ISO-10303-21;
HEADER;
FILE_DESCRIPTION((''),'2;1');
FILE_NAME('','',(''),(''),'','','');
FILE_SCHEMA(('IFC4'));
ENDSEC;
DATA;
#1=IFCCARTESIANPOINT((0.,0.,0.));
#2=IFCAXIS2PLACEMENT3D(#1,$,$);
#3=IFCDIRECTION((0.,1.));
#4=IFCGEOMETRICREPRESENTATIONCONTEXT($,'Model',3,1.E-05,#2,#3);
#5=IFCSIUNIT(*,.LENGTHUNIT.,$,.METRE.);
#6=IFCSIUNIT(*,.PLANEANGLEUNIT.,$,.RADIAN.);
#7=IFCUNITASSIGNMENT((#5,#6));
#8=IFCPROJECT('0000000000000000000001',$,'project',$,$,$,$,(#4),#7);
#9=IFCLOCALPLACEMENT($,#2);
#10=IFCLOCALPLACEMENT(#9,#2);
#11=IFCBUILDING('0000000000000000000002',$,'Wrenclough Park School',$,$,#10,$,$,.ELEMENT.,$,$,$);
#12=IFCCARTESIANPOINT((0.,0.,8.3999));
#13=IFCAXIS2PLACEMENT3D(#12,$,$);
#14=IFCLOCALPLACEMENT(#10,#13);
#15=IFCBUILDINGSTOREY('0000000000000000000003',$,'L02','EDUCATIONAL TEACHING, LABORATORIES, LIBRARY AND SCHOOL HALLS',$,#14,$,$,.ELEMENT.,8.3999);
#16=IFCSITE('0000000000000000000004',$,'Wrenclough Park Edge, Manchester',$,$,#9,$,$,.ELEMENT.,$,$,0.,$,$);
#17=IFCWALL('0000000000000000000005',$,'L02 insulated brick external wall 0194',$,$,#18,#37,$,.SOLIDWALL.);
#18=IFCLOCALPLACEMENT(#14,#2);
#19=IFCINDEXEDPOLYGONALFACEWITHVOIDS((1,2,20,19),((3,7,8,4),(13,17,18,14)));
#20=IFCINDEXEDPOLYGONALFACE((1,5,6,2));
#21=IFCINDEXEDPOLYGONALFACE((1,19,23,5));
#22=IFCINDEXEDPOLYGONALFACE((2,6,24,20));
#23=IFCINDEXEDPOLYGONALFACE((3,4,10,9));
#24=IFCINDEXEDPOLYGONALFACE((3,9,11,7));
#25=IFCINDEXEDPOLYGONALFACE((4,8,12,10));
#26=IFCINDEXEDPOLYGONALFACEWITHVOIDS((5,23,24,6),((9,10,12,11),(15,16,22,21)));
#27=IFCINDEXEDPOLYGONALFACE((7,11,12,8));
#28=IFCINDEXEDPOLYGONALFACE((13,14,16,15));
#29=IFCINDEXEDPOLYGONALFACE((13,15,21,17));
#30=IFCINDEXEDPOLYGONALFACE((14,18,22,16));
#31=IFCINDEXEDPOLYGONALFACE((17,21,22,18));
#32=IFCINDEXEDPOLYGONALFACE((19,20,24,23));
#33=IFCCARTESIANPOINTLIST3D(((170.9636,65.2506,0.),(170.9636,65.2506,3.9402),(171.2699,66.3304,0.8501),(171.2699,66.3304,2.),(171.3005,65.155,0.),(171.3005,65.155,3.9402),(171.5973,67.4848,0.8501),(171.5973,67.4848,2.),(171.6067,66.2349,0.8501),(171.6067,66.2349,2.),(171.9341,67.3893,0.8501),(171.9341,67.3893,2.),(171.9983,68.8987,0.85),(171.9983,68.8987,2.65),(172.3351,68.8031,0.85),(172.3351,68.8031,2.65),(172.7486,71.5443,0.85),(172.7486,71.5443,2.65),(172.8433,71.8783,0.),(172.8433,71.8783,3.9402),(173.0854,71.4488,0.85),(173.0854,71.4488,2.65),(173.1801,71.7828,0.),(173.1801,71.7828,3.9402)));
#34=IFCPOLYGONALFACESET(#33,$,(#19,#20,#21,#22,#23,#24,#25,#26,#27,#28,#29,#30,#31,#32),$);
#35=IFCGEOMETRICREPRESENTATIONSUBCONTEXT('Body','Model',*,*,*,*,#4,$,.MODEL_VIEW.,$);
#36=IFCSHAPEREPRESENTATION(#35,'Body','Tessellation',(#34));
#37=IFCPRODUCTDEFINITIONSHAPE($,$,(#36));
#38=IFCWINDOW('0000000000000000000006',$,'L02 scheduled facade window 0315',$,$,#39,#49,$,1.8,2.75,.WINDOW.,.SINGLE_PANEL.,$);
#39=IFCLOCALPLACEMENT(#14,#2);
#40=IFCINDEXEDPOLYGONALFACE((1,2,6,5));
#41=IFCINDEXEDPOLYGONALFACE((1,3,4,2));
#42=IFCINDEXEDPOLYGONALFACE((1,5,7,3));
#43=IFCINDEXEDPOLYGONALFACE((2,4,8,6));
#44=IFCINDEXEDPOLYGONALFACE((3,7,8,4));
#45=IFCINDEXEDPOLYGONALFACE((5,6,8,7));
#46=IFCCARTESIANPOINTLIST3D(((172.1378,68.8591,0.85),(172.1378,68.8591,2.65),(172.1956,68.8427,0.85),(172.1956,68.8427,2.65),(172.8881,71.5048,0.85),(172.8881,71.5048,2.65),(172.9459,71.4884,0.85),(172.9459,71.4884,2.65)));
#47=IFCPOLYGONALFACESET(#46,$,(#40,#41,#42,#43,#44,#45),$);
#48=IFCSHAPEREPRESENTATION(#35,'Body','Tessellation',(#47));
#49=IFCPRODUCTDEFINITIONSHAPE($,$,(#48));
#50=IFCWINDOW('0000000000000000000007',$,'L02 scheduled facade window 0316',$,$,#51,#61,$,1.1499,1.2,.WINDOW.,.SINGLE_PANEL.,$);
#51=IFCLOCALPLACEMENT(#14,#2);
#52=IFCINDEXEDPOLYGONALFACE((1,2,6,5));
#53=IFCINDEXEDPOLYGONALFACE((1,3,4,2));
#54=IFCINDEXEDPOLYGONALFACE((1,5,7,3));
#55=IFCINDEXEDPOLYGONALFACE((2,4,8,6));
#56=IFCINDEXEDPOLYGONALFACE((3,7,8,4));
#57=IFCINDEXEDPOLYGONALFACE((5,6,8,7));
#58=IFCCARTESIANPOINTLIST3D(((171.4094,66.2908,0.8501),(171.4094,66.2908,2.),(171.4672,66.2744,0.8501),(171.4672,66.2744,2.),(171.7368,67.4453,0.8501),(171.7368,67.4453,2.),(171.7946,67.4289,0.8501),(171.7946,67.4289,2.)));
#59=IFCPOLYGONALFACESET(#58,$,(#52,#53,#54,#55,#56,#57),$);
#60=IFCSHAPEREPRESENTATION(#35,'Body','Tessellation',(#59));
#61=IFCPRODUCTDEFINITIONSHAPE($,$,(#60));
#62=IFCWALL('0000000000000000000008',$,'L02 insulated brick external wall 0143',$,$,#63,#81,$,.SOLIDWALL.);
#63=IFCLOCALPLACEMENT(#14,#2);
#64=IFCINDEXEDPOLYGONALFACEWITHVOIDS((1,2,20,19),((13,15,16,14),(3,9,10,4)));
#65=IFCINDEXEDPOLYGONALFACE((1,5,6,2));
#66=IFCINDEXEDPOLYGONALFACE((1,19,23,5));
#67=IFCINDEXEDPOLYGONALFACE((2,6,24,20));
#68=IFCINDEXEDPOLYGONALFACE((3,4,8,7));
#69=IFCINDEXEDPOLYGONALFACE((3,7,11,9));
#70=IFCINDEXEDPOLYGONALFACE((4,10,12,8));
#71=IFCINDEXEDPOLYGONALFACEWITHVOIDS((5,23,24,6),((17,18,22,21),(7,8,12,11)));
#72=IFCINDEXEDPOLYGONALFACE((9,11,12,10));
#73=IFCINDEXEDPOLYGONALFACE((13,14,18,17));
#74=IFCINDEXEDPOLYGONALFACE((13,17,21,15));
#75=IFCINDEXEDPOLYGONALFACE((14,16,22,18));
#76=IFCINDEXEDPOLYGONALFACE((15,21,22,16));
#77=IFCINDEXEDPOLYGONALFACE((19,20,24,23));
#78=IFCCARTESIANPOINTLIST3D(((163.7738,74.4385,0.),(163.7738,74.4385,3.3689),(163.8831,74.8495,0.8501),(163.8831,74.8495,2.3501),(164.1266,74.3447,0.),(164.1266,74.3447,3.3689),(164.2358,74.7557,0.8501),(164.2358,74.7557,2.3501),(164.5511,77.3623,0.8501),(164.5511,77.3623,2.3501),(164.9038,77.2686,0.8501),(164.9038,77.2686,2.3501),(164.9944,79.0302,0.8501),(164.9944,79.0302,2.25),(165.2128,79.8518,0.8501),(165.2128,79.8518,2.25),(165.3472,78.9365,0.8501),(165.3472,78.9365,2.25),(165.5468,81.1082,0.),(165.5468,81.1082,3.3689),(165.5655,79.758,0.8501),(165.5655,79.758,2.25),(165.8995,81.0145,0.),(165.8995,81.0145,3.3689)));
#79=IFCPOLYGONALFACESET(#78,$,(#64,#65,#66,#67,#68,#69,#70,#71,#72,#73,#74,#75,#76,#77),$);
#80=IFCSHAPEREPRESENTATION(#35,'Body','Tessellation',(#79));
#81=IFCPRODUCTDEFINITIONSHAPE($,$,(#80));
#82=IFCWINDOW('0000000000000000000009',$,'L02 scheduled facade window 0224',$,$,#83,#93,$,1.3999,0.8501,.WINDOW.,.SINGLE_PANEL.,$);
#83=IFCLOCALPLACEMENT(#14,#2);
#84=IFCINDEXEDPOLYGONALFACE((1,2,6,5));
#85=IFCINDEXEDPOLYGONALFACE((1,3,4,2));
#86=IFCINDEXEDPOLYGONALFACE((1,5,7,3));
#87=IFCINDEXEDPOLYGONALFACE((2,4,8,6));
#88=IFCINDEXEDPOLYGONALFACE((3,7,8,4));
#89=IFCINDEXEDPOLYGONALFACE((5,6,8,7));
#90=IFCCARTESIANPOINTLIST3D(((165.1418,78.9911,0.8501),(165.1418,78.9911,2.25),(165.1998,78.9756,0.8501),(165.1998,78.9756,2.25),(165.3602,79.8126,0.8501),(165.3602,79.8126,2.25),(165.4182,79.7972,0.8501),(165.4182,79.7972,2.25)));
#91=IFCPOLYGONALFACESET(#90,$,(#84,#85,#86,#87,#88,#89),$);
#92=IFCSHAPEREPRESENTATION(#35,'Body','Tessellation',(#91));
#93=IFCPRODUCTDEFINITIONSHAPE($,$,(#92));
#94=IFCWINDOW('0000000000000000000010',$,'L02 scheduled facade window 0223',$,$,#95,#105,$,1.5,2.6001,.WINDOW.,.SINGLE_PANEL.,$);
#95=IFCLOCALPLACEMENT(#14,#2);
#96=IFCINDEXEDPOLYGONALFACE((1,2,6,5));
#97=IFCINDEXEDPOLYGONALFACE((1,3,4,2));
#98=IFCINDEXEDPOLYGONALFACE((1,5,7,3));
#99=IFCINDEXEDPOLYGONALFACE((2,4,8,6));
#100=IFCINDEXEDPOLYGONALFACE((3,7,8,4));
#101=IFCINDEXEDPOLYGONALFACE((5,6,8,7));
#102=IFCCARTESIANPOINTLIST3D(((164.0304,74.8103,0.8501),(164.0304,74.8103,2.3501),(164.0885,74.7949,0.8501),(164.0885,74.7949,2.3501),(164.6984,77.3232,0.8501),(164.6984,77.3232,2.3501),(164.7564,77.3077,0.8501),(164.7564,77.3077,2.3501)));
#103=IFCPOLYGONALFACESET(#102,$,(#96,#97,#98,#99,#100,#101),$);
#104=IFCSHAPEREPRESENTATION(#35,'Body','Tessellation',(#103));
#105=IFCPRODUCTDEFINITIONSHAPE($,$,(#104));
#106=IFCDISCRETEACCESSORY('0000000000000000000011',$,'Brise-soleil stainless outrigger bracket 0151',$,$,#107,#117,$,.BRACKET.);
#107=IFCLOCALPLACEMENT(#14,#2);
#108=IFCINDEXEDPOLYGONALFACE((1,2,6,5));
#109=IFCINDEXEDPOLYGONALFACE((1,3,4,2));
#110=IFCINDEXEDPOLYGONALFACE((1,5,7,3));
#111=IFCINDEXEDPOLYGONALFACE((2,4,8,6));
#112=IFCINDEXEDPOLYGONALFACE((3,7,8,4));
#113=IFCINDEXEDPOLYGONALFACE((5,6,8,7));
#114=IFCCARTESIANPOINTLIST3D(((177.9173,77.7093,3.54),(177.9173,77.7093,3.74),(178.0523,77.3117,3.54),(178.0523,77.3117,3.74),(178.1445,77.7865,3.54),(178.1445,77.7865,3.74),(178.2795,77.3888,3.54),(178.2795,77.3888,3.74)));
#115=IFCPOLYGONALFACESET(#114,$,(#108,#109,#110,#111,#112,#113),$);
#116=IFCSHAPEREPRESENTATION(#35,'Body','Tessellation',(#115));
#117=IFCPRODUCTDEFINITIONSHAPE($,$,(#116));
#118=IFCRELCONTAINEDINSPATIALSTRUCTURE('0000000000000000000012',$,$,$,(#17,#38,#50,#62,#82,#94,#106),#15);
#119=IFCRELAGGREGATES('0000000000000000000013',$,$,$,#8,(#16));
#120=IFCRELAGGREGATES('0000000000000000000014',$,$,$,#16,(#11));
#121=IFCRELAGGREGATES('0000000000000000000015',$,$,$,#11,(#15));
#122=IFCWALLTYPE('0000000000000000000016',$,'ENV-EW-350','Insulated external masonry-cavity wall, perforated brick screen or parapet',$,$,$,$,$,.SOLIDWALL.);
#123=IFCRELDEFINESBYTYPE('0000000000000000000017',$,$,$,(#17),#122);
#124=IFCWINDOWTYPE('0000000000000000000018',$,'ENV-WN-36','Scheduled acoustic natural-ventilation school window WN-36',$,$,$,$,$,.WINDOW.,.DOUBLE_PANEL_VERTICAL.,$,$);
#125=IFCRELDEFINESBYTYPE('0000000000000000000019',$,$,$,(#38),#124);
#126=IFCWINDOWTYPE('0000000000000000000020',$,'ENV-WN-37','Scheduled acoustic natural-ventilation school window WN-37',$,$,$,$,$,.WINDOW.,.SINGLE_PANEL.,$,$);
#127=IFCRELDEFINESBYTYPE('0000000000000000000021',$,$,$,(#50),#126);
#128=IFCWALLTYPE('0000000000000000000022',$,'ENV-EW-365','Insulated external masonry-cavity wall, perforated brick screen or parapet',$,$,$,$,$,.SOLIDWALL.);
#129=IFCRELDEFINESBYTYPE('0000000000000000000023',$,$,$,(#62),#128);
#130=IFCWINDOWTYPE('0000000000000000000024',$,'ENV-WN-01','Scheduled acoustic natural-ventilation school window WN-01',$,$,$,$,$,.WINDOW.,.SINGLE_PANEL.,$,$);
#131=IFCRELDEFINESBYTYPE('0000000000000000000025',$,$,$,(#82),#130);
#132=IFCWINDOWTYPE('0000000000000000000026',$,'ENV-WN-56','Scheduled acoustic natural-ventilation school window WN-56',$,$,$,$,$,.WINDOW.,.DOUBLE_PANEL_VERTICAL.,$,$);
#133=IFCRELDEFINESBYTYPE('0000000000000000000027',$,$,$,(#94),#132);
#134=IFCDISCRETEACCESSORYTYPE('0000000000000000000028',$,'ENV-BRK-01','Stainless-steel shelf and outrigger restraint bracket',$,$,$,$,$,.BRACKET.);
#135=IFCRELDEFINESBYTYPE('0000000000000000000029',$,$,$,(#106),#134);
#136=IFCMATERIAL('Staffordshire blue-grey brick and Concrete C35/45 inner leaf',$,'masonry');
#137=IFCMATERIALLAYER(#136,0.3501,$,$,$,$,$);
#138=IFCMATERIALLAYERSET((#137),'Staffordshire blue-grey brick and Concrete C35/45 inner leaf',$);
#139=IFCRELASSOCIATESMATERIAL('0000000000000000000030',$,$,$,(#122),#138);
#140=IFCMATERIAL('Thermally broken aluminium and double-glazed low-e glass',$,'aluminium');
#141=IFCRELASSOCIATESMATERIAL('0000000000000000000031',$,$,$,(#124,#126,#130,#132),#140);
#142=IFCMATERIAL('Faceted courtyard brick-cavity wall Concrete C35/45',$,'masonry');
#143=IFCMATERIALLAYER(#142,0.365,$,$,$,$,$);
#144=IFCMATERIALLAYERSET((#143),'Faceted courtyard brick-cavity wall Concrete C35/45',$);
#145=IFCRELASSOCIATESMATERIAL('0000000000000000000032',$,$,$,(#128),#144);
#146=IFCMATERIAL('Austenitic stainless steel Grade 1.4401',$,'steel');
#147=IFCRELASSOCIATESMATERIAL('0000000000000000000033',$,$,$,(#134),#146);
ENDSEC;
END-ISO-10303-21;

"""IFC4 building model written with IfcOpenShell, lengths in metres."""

from ifc_helpers import new_model, si_unit, direction, frame, frame_2d, origin, origin_2d, place, context, subcontext, project, spatial, rectangle, extrude, material, layer, layer_set, type_object, element, fill, save


model = new_model("IFC4")

# Units and contexts
model_context = context("Model", 3, precision=1e-05, world=origin(), true_north=direction((0.0, 1.0)))
body_context = subcontext(model_context, "Body", "Model", "MODEL_VIEW")
ifc_project = project(units=[si_unit("LENGTHUNIT", "METRE"), si_unit("PLANEANGLEUNIT", "RADIAN")], contexts=[model_context])

# Site, building, storey
site_placement = place(None, origin())
site = spatial("IfcSite", under=ifc_project, at=site_placement, Name="Wrenclough Park Edge, Manchester", CompositionType="ELEMENT", RefElevation=0.0)
building_placement = place(site_placement, origin())
building = spatial("IfcBuilding", under=site, at=building_placement, Name="Wrenclough Park School", CompositionType="ELEMENT")
storey_placement = place(building_placement, frame((0.0, 0.0, 8.3999)))
storey = spatial("IfcBuildingStorey", under=building, at=storey_placement, Name="L02", Description="EDUCATIONAL TEACHING, LABORATORIES, LIBRARY AND SCHOOL HALLS", CompositionType="ELEMENT", Elevation=8.3999)

# Walls, openings, windows
ifc_material_1 = material(Name="Staffordshire blue-grey brick and Concrete C35/45 inner leaf", Category="masonry")
ifc_layer_1 = layer(ifc_material_1, 0.3501)
ifc_layer_set_1 = layer_set([ifc_layer_1], Name="Staffordshire blue-grey brick and Concrete C35/45 inner leaf")
wall_type_1 = type_object("IfcWallType", Name="ENV-EW-350", Description="Insulated external masonry-cavity wall, perforated brick screen or parapet", PredefinedType="SOLIDWALL", material=ifc_layer_set_1)
wall_1_placement = place(storey_placement, frame((173.0117, 71.8306, 0.0), z_axis=(0.0, 0.0, 1.0), x_axis=(-0.272844, -0.962058, 0.0)))
wall_1 = element("IfcWall", 1, at=wall_1_placement, inside=storey, type_object=wall_type_1, Name="L02 insulated brick external wall 0194", PredefinedType="SOLIDWALL", context=body_context, shape_type="SweptSolid", body=[
    extrude(rectangle(XDim=6.8892, YDim=0.3501, at=frame_2d((3.4446, 0.0))), origin(), (0.0, 0.0, 1.0), 3.9402),
])
opening_1_placement = place(wall_1_placement, frame((0.3472, 0.0, 0.8501)))
opening_1 = element("IfcOpeningElement", 2, at=opening_1_placement, cuts=wall_1, PredefinedType="OPENING", context=body_context, shape_type="SweptSolid", body=[
    extrude(rectangle(XDim=2.75, YDim=1.8, at=frame_2d((1.375, 0.8999))), frame((0.0, 0.1851, 0.0), z_axis=(0.0, -1.0, 0.0), x_axis=(1.0, 0.0, 0.0)), (0.0, 0.0, 1.0), 0.3701),
])
opening_2_placement = place(wall_1_placement, frame((4.5667, 0.0, 0.8501)))
opening_2 = element("IfcOpeningElement", 3, at=opening_2_placement, cuts=wall_1, PredefinedType="OPENING", context=body_context, shape_type="SweptSolid", body=[
    extrude(rectangle(XDim=1.2, YDim=1.1499, at=frame_2d((0.6001, 0.575))), frame((0.0, 0.1851, 0.0), z_axis=(0.0, -1.0, 0.0), x_axis=(1.0, 0.0, 0.0)), (0.0, 0.0, 1.0), 0.3701),
])
ifc_material_2 = material(Name="Thermally broken aluminium and double-glazed low-e glass", Category="aluminium")
window_type_1 = type_object("IfcWindowType", Name="ENV-WN-36", Description="Scheduled acoustic natural-ventilation school window WN-36", PartitioningType="DOUBLE_PANEL_VERTICAL", PredefinedType="WINDOW", material=ifc_material_2)
window_1_placement = place(opening_1_placement, origin())
window_1 = element("IfcWindow", 4, at=window_1_placement, inside=storey, type_object=window_type_1, Name="L02 scheduled facade window 0315", OverallHeight=1.8, OverallWidth=2.75, PartitioningType="SINGLE_PANEL", PredefinedType="WINDOW", context=body_context, shape_type="SweptSolid", body=[
    extrude(rectangle(XDim=2.75, YDim=1.8, at=frame_2d((1.375, 0.8999))), frame((0.0, 0.03, 0.0), z_axis=(0.0, -1.0, 0.0), x_axis=(1.0, 0.0, 0.0)), (0.0, 0.0, 1.0), 0.0601),
])
fill(opening_1, window_1)
window_type_2 = type_object("IfcWindowType", Name="ENV-WN-37", Description="Scheduled acoustic natural-ventilation school window WN-37", PartitioningType="SINGLE_PANEL", PredefinedType="WINDOW", material=ifc_material_2)
window_2_placement = place(opening_2_placement, origin())
window_2 = element("IfcWindow", 5, at=window_2_placement, inside=storey, type_object=window_type_2, Name="L02 scheduled facade window 0316", OverallHeight=1.1499, OverallWidth=1.2, PartitioningType="SINGLE_PANEL", PredefinedType="WINDOW", context=body_context, shape_type="SweptSolid", body=[
    extrude(rectangle(XDim=1.2, YDim=1.1499, at=frame_2d((0.6001, 0.575))), frame((0.0, 0.03, 0.0), z_axis=(0.0, -1.0, 0.0), x_axis=(1.0, 0.0, 0.0)), (0.0, 0.0, 1.0), 0.0601),
])
fill(opening_2, window_2)
ifc_material_3 = material(Name="Faceted courtyard brick-cavity wall Concrete C35/45", Category="masonry")
ifc_layer_2 = layer(ifc_material_3, 0.365)
ifc_layer_set_2 = layer_set([ifc_layer_2], Name="Faceted courtyard brick-cavity wall Concrete C35/45")
wall_type_2 = type_object("IfcWallType", Name="ENV-EW-365", Description="Insulated external masonry-cavity wall, perforated brick screen or parapet", PredefinedType="SOLIDWALL", material=ifc_layer_set_2)
wall_2_placement = place(storey_placement, frame((163.9502, 74.3916, 0.0), z_axis=(0.0, 0.0, 1.0), x_axis=(0.256901, 0.966438, 0.0)))
wall_2 = element("IfcWall", 6, at=wall_2_placement, inside=storey, type_object=wall_type_2, Name="L02 insulated brick external wall 0143", PredefinedType="SOLIDWALL", context=body_context, shape_type="SweptSolid", body=[
    extrude(rectangle(XDim=6.9014, YDim=0.365, at=frame_2d((3.4507, 0.0))), origin(), (0.0, 0.0, 1.0), 3.3689),
])
opening_3_placement = place(wall_2_placement, frame((0.4253, 0.0, 0.8501)))
opening_3 = element("IfcOpeningElement", 7, at=opening_3_placement, cuts=wall_2, PredefinedType="OPENING", context=body_context, shape_type="SweptSolid", body=[
    extrude(rectangle(XDim=2.6001, YDim=1.5, at=frame_2d((1.3, 0.75))), frame((0.0, 0.1924, 0.0), z_axis=(0.0, -1.0, 0.0), x_axis=(1.0, 0.0, 0.0)), (0.0, 0.0, 1.0), 0.385),
])
opening_4_placement = place(wall_2_placement, frame((4.7512, 0.0, 0.8501)))
opening_4 = element("IfcOpeningElement", 8, at=opening_4_placement, cuts=wall_2, PredefinedType="OPENING", context=body_context, shape_type="SweptSolid", body=[
    extrude(rectangle(XDim=0.8501, YDim=1.3999, at=frame_2d((0.425, 0.7))), frame((0.0, 0.1924, 0.0), z_axis=(0.0, -1.0, 0.0), x_axis=(1.0, 0.0, 0.0)), (0.0, 0.0, 1.0), 0.385),
])
window_type_3 = type_object("IfcWindowType", Name="ENV-WN-01", Description="Scheduled acoustic natural-ventilation school window WN-01", PartitioningType="SINGLE_PANEL", PredefinedType="WINDOW", material=ifc_material_2)
window_3_placement = place(opening_4_placement, origin())
window_3 = element("IfcWindow", 9, at=window_3_placement, inside=storey, type_object=window_type_3, Name="L02 scheduled facade window 0224", OverallHeight=1.3999, OverallWidth=0.8501, PartitioningType="SINGLE_PANEL", PredefinedType="WINDOW", context=body_context, shape_type="SweptSolid", body=[
    extrude(rectangle(XDim=0.8501, YDim=1.3999, at=frame_2d((0.425, 0.7))), frame((0.0, 0.03, 0.0), z_axis=(0.0, -1.0, 0.0), x_axis=(1.0, 0.0, 0.0)), (0.0, 0.0, 1.0), 0.0601),
])
fill(opening_4, window_3)
window_type_4 = type_object("IfcWindowType", Name="ENV-WN-56", Description="Scheduled acoustic natural-ventilation school window WN-56", PartitioningType="DOUBLE_PANEL_VERTICAL", PredefinedType="WINDOW", material=ifc_material_2)
window_4_placement = place(opening_3_placement, origin())
window_4 = element("IfcWindow", 10, at=window_4_placement, inside=storey, type_object=window_type_4, Name="L02 scheduled facade window 0223", OverallHeight=1.5, OverallWidth=2.6001, PartitioningType="SINGLE_PANEL", PredefinedType="WINDOW", context=body_context, shape_type="SweptSolid", body=[
    extrude(rectangle(XDim=2.6001, YDim=1.5, at=frame_2d((1.3, 0.75))), frame((0.0, 0.03, 0.0), z_axis=(0.0, -1.0, 0.0), x_axis=(1.0, 0.0, 0.0)), (0.0, 0.0, 1.0), 0.0601),
])
fill(opening_3, window_4)

# Discrete accessory
ifc_material_4 = material(Name="Austenitic stainless steel Grade 1.4401", Category="steel")
discrete_accessory_type = type_object("IfcDiscreteAccessoryType", Name="ENV-BRK-01", Description="Stainless-steel shelf and outrigger restraint bracket", PredefinedType="BRACKET", material=ifc_material_4)
discrete_accessory_placement = place(storey_placement, frame((178.0984, 77.5491, 3.54), z_axis=(0.0, 0.0, 1.0), x_axis=(0.94693, 0.321441, 0.0)))
element("IfcDiscreteAccessory", 11, at=discrete_accessory_placement, inside=storey, type_object=discrete_accessory_type, Name="Brise-soleil stainless outrigger bracket 0151", PredefinedType="BRACKET", context=body_context, shape_type="SweptSolid", body=[
    extrude(rectangle(XDim=0.24, YDim=0.4199, at=origin_2d()), origin(), (0.0, 0.0, 1.0), 0.2),
])

save(model, "model.ifc")
